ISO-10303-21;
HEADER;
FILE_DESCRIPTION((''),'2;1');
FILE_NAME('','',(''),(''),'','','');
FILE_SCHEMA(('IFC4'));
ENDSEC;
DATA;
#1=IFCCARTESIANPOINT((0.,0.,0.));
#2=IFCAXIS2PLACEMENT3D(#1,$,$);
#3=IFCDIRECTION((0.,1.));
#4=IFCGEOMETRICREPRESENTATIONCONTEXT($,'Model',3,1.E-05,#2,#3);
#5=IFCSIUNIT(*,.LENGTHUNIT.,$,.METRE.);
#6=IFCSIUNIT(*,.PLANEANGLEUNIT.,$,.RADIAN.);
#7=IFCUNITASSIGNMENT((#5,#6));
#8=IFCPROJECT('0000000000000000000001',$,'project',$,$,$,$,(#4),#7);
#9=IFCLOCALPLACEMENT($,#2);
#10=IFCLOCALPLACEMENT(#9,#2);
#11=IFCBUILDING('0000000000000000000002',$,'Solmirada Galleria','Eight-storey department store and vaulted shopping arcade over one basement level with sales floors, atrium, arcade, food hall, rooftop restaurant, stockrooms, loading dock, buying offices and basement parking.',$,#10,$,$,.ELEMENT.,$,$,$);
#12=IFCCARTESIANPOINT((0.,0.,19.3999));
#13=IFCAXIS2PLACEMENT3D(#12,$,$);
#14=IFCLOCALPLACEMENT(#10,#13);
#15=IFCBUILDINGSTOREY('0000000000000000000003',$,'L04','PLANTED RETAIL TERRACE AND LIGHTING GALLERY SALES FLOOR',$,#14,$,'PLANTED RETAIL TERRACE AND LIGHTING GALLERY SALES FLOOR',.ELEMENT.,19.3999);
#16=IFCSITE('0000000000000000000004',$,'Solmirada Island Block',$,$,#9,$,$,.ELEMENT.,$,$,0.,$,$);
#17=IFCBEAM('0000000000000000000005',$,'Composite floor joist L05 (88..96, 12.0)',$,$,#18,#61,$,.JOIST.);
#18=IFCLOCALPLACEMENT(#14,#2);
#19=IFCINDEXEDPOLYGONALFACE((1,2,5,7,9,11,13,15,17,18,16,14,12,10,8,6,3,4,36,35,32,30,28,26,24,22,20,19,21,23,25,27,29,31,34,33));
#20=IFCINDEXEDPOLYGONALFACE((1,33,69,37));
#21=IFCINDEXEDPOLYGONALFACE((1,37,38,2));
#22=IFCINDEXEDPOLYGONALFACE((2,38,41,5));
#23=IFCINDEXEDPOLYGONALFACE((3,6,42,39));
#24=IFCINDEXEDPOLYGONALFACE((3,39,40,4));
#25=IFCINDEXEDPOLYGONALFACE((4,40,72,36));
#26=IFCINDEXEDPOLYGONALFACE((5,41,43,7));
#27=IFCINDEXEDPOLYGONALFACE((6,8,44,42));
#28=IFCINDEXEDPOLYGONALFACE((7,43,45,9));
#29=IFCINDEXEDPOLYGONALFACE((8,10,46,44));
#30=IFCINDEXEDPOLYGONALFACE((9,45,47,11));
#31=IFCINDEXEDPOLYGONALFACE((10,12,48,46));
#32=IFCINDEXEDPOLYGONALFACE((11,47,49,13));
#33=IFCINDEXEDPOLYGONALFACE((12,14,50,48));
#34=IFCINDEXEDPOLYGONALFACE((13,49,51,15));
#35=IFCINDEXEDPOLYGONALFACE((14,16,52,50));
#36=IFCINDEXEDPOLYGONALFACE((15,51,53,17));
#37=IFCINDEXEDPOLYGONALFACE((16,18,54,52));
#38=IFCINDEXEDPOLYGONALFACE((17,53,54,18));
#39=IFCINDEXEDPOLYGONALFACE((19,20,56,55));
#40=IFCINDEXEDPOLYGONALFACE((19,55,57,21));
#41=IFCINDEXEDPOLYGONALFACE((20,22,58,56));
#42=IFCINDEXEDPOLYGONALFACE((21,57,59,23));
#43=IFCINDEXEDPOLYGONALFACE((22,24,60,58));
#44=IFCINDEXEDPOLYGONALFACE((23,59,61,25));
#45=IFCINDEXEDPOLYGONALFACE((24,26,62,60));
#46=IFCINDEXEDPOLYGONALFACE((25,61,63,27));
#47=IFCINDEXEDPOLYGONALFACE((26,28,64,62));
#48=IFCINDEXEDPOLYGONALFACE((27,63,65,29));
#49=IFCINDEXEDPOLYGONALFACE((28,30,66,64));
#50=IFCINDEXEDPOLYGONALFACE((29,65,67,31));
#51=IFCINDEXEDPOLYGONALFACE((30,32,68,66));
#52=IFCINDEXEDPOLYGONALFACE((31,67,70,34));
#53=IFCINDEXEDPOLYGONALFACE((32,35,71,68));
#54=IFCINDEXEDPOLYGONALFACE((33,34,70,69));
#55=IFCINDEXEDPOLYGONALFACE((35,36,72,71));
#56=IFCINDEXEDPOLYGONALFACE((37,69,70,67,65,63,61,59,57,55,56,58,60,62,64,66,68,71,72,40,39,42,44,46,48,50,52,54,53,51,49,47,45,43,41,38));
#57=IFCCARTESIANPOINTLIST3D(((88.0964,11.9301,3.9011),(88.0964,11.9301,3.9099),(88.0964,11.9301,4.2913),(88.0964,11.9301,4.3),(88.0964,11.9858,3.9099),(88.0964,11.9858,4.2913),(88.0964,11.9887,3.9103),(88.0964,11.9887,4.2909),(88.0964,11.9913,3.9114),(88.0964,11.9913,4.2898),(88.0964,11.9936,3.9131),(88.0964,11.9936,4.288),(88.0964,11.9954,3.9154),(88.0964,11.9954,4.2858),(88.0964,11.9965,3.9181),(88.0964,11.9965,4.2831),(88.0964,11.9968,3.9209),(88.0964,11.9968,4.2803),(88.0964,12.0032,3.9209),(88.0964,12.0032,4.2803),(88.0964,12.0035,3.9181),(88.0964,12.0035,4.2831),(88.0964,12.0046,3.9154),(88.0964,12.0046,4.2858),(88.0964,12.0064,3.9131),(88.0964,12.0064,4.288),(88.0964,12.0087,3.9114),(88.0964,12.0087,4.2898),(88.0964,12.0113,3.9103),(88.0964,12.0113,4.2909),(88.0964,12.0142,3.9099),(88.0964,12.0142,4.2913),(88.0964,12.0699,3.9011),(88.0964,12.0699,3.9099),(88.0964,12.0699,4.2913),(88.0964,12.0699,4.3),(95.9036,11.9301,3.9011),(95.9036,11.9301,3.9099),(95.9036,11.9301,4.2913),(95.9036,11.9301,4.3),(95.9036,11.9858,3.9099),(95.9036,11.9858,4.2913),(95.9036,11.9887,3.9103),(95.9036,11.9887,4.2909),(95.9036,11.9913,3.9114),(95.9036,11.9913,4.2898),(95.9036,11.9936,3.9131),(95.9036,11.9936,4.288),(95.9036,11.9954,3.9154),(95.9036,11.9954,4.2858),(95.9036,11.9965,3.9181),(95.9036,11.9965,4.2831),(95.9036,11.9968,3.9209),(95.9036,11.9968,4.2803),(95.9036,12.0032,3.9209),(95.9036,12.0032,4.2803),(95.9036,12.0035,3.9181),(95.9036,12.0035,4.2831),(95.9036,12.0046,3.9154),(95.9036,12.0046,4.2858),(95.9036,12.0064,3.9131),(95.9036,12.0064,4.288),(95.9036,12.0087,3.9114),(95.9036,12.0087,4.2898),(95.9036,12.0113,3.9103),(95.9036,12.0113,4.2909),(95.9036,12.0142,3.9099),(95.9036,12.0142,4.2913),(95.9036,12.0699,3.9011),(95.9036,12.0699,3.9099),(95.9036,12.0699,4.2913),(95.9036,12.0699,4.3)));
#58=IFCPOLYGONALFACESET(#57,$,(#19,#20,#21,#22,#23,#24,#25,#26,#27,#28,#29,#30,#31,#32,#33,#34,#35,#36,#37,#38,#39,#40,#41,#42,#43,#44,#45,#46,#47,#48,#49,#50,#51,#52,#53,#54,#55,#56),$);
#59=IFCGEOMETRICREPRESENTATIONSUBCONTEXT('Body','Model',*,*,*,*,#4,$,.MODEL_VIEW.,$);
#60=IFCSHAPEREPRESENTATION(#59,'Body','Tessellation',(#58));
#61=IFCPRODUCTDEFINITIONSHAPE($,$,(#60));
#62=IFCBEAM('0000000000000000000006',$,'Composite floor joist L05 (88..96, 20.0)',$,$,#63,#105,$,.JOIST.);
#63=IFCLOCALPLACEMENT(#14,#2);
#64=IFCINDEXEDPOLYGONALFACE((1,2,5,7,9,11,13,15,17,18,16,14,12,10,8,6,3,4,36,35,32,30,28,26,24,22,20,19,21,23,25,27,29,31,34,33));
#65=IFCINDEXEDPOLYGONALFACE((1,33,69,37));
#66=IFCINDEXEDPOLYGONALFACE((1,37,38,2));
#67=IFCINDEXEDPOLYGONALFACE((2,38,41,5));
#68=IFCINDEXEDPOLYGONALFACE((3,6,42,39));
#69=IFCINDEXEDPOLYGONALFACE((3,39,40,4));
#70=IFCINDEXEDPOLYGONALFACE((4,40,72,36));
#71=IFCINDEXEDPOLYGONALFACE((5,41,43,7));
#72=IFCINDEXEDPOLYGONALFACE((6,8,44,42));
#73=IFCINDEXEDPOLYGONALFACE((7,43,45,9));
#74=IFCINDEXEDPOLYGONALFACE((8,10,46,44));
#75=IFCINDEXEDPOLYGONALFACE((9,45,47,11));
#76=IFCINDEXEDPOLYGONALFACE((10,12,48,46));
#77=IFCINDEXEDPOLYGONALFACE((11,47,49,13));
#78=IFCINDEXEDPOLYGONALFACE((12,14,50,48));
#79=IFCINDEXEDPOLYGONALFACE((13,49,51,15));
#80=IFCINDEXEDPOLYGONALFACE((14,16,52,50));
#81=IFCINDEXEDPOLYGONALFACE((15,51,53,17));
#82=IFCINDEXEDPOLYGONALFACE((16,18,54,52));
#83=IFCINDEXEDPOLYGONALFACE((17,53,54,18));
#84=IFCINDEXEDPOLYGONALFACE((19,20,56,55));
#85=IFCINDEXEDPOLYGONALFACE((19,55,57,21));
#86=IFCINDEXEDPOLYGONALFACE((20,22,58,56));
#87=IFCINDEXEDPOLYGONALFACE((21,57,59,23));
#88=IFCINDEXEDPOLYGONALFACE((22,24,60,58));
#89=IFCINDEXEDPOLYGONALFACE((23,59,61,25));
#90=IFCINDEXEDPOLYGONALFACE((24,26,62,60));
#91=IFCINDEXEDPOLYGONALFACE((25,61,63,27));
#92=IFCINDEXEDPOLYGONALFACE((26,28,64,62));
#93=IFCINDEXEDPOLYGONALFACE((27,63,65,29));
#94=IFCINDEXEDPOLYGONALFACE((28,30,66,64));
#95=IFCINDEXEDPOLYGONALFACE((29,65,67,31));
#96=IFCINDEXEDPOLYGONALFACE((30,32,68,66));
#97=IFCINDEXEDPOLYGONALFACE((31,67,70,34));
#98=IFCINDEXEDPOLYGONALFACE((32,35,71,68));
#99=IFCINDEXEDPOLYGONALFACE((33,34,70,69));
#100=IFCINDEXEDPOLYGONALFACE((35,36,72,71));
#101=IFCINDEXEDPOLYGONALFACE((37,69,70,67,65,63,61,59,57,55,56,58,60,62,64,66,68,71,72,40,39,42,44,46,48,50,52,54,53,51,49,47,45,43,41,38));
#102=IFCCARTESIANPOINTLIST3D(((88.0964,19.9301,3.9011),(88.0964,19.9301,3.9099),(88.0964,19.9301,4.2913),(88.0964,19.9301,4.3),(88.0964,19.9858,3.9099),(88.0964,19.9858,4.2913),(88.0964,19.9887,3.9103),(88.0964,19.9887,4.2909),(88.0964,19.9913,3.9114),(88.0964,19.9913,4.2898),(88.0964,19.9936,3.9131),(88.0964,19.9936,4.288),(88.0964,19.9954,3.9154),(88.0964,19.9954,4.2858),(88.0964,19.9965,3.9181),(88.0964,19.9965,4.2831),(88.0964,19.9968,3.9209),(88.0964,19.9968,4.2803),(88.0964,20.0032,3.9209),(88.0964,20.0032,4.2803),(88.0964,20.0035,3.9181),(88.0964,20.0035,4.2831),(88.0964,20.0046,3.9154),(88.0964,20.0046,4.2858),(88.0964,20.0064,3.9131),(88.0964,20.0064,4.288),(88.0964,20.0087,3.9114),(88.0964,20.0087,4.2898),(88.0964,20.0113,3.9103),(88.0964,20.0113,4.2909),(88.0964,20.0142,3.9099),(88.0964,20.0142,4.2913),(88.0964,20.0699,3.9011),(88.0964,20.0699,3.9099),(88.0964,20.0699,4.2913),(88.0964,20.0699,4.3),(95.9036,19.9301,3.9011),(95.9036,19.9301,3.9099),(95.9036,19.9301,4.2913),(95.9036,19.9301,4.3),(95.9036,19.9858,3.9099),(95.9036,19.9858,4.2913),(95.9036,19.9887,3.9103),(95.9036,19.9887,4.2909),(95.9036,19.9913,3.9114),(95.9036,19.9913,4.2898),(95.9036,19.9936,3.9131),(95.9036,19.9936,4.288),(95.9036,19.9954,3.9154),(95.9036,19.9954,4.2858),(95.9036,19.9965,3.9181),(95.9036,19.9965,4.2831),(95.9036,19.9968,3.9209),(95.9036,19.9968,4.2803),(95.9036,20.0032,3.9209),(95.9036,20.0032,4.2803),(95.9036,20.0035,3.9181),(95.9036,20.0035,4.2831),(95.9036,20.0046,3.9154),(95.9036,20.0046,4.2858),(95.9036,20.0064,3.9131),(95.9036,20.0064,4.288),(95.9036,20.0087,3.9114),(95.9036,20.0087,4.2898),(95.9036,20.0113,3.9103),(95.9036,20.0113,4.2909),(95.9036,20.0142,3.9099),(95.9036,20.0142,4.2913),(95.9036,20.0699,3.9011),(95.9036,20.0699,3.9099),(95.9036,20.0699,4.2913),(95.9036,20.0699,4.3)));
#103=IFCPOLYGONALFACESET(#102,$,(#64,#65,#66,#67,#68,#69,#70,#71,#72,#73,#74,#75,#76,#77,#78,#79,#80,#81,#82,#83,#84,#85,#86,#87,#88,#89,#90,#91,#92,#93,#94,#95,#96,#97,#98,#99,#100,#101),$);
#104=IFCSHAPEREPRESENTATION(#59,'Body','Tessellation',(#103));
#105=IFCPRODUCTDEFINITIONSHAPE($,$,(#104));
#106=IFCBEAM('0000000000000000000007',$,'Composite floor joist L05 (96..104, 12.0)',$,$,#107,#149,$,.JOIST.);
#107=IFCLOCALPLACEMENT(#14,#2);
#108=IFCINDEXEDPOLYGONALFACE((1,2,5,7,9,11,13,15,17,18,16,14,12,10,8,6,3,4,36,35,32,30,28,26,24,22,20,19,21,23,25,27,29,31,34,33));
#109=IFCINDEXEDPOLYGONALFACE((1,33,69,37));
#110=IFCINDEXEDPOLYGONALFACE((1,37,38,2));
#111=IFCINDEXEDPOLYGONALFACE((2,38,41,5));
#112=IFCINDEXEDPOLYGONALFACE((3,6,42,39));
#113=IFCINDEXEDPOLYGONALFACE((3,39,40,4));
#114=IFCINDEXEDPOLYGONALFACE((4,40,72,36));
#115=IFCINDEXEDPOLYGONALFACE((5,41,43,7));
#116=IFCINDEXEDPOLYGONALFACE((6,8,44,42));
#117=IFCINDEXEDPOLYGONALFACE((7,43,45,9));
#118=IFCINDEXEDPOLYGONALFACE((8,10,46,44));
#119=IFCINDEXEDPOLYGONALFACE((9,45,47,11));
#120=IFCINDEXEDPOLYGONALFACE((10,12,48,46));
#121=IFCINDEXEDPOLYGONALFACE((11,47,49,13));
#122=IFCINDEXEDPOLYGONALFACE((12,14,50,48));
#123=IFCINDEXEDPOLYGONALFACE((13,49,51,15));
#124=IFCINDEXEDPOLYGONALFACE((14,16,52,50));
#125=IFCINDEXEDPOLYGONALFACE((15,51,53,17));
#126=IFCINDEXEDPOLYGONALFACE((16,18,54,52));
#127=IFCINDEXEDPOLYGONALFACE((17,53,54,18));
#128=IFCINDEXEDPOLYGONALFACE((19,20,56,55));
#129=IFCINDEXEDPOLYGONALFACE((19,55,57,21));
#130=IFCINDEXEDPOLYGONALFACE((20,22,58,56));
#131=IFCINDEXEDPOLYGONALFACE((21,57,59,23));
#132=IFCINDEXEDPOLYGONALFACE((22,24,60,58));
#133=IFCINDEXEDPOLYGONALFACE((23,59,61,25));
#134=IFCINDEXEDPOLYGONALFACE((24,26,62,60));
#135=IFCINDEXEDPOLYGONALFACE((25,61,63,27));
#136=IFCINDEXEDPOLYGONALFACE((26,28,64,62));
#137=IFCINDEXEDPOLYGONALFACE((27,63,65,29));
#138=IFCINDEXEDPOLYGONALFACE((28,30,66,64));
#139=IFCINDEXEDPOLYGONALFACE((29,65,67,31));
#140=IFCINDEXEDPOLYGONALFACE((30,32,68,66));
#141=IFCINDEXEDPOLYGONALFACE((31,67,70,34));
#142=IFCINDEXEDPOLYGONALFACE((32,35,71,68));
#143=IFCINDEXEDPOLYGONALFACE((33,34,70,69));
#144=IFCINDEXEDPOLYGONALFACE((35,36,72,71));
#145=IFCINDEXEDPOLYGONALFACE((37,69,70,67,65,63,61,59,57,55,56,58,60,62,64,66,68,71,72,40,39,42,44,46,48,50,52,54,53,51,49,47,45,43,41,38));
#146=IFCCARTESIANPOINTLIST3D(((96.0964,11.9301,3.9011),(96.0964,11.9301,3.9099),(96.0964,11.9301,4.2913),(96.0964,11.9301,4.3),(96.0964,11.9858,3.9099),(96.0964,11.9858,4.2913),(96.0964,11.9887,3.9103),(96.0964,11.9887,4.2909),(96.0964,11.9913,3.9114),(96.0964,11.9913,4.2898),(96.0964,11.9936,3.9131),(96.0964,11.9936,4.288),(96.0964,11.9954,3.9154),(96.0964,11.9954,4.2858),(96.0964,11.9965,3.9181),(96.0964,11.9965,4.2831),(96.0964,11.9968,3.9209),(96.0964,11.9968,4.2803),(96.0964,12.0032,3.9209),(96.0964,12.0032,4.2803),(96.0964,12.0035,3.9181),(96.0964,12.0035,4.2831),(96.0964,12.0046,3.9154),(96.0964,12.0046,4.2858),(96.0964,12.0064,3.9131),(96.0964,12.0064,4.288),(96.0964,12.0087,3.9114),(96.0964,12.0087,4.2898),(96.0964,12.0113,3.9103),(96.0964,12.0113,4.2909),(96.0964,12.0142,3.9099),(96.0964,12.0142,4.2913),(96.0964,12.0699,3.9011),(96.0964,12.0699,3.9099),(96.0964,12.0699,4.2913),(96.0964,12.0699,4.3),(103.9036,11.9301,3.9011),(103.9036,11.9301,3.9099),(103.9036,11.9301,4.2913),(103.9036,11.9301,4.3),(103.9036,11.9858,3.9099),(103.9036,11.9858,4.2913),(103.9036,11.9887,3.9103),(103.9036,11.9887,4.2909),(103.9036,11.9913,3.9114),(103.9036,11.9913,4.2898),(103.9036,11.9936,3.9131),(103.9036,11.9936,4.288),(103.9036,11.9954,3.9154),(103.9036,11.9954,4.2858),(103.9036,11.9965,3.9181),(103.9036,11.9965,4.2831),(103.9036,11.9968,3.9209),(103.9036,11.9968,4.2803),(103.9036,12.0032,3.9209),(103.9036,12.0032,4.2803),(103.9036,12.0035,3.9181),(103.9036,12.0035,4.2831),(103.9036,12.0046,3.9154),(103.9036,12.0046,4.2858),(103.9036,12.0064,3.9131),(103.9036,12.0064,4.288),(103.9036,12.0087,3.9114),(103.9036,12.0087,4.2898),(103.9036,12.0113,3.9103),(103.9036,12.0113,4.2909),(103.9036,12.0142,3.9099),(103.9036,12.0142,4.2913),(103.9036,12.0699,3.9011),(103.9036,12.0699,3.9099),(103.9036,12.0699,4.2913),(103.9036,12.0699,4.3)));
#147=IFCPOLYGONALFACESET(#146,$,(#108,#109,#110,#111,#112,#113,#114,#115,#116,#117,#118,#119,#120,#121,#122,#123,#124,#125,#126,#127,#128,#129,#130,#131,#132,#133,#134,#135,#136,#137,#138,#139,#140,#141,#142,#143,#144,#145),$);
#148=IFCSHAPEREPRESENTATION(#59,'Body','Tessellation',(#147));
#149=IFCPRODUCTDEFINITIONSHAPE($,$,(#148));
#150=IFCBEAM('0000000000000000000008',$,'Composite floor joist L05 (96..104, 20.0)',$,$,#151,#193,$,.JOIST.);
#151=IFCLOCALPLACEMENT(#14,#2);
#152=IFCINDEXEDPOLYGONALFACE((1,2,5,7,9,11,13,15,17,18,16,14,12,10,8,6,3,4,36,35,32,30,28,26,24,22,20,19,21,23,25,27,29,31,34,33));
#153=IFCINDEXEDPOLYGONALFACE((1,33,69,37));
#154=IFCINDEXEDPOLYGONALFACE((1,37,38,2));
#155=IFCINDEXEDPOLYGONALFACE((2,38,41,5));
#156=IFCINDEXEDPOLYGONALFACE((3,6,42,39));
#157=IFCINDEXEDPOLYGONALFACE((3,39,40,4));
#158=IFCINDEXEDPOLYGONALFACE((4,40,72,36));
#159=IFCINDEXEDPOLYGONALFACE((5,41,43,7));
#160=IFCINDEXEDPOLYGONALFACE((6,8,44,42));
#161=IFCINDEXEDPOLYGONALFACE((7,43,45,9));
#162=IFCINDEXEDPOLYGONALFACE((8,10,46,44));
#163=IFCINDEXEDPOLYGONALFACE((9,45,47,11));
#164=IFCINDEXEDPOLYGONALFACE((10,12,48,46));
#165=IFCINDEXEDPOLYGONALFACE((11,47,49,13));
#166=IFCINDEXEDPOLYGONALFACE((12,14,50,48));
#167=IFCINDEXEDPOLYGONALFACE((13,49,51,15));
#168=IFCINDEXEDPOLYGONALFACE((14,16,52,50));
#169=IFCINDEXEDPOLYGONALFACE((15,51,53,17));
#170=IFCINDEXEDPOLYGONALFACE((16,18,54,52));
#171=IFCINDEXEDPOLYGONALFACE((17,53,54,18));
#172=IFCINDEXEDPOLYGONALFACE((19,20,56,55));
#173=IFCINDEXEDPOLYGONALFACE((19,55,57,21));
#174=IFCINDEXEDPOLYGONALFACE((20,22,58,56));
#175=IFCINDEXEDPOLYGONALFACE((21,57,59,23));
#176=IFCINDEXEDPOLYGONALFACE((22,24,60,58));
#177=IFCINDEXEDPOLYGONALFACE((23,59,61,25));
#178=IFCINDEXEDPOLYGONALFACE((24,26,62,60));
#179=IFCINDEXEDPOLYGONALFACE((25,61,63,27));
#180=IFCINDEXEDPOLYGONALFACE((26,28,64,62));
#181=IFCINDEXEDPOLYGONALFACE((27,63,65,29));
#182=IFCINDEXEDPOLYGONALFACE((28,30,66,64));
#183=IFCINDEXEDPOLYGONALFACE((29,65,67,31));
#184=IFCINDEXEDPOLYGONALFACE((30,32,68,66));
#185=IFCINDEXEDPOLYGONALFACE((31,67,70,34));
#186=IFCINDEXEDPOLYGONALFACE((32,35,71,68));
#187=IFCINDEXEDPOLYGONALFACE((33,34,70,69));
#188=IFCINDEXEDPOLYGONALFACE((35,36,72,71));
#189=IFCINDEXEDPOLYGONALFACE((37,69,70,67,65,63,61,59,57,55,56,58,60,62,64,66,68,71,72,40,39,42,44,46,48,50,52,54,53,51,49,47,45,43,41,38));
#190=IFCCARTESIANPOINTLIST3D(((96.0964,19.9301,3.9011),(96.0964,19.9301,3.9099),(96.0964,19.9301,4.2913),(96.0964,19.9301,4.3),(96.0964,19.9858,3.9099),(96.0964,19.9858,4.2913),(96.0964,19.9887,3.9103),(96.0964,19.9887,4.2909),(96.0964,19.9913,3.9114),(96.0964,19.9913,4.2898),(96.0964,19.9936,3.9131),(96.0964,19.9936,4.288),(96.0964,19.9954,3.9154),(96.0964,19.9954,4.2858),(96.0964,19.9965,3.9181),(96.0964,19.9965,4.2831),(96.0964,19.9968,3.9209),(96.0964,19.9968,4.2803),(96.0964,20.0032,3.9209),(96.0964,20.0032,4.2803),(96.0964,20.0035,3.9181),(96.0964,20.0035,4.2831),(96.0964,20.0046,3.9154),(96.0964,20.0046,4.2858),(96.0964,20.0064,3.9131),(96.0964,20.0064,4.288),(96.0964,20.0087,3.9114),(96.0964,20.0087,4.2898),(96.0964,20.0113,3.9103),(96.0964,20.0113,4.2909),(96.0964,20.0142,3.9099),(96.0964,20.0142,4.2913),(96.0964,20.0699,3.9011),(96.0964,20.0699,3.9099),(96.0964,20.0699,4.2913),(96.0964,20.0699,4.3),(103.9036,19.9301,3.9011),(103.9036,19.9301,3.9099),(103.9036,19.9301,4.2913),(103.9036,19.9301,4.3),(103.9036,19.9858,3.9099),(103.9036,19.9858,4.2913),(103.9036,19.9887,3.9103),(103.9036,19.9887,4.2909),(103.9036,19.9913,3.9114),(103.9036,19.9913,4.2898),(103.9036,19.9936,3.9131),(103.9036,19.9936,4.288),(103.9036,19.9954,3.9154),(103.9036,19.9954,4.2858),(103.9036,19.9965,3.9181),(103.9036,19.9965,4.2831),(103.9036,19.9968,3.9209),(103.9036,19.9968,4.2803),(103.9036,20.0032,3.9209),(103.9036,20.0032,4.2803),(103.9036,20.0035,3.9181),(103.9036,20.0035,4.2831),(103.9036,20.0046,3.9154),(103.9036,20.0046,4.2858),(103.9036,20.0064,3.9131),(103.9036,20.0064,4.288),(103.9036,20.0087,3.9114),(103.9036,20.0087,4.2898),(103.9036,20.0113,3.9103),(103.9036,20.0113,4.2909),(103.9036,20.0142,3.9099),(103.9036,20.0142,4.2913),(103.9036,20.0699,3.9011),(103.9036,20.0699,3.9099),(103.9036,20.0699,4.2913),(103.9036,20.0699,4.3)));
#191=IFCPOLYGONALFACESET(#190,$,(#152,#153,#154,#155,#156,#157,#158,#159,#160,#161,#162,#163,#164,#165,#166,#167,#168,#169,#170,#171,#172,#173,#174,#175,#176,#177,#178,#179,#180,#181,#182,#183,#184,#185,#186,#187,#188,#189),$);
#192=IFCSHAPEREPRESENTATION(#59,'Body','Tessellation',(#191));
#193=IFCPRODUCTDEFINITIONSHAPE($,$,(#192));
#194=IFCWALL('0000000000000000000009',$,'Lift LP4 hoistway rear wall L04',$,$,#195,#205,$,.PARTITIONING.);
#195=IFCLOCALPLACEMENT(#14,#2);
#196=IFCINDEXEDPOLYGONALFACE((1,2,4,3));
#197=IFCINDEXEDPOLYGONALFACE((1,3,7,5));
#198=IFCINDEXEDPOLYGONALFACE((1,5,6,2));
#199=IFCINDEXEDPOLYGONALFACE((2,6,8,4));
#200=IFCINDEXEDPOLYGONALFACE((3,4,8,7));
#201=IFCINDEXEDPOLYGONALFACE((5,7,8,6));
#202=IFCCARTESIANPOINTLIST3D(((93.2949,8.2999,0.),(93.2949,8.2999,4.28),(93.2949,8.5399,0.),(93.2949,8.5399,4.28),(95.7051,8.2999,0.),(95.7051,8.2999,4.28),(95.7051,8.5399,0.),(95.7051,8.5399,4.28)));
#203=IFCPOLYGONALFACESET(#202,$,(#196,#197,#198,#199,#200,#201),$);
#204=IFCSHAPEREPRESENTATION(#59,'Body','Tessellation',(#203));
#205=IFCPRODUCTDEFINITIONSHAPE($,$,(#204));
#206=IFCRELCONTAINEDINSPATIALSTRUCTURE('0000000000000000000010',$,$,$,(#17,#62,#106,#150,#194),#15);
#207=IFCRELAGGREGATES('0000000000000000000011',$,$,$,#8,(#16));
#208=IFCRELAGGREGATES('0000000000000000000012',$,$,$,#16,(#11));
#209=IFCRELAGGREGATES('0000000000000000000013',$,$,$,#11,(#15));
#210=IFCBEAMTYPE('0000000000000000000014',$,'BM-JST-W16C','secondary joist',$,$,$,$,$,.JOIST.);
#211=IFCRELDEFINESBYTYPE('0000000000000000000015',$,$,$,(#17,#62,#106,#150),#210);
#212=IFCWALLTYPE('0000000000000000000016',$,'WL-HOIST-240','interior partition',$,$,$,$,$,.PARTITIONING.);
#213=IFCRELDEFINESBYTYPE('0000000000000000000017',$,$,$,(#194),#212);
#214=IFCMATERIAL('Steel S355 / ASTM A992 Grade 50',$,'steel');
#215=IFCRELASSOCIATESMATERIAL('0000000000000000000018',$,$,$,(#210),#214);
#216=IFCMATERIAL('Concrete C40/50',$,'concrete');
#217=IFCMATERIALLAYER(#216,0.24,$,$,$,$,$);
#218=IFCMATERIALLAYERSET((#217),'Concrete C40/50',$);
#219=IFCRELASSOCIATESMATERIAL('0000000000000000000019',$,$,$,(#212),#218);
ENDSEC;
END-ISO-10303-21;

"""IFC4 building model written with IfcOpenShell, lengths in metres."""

from ifc_helpers import new_model, si_unit, direction, frame, frame_2d, origin, origin_2d, place, context, subcontext, project, spatial, rectangle, i_section, extrude, material, layer, layer_set, material_profile, profile_set, type_object, element, save


model = new_model("IFC4")

# Units and contexts
model_context = context("Model", 3, precision=1e-05, world=origin(), true_north=direction((0.0, 1.0)))
body_context = subcontext(model_context, "Body", "Model", "MODEL_VIEW")
ifc_project = project(units=[si_unit("LENGTHUNIT", "METRE"), si_unit("PLANEANGLEUNIT", "RADIAN")], contexts=[model_context])

# Site, building, storey
site_placement = place(None, origin())
site = spatial("IfcSite", under=ifc_project, at=site_placement, Name="Solmirada Island Block", CompositionType="ELEMENT", RefElevation=0.0)
building_placement = place(site_placement, origin())
building = spatial("IfcBuilding", under=site, at=building_placement, Name="Solmirada Galleria", Description="Eight-storey department store and vaulted shopping arcade over one basement level with sales floors, atrium, arcade, food hall, rooftop restaurant, stockrooms, loading dock, buying offices and basement parking.", CompositionType="ELEMENT")
storey_placement = place(building_placement, frame((0.0, 0.0, 19.3999)))
storey = spatial("IfcBuildingStorey", under=building, at=storey_placement, Name="L04", Description="PLANTED RETAIL TERRACE AND LIGHTING GALLERY SALES FLOOR", LongName="PLANTED RETAIL TERRACE AND LIGHTING GALLERY SALES FLOOR", CompositionType="ELEMENT", Elevation=19.3999)

# Shared definitions
ifc_material_1 = material(Name="Concrete C40/50", Category="concrete")

# Beams
ifc_material_2 = material(Name="Steel S355 / ASTM A992 Grade 50", Category="steel")
ifc_material_profile_1 = material_profile(ifc_material_2, i_section(OverallWidth=0.1399, OverallDepth=0.3989, WebThickness=0.0063, FlangeThickness=0.0088, FilletRadius=0.011, at=origin_2d()), Name="W16X26")
ifc_profile_set_1 = profile_set([ifc_material_profile_1], Name="Steel S355 / ASTM A992 Grade 50")
beam_type_1 = type_object("IfcBeamType", Name="BM-JST-W16C", Description="secondary joist", PredefinedType="JOIST", material=ifc_profile_set_1)
for number, where, z_axis, x_axis, name in (
    (1, (88.0964, 12.0, 4.1006), (1.0, 0.0, 0.0), (0.0, 1.0, 0.0), "Composite floor joist L05 (88..96, 12.0)"),
    (2, (88.0964, 20.0, 4.1006), (1.0, 0.0, 0.0), (0.0, 1.0, 0.0), "Composite floor joist L05 (88..96, 20.0)"),
    (3, (96.0964, 12.0, 4.1006), (1.0, 0.0, 0.0), (0.0, 1.0, 0.0), "Composite floor joist L05 (96..104, 12.0)"),
    (4, (96.0964, 20.0, 4.1006), (1.0, 0.0, 0.0), (0.0, 1.0, 0.0), "Composite floor joist L05 (96..104, 20.0)"),
):
    element("IfcBeam", number, at=place(storey_placement, frame(where, z_axis=z_axis, x_axis=x_axis)), inside=storey, type_object=beam_type_1, Name=name, PredefinedType="JOIST", context=body_context, shape_type="SweptSolid", body=[
        extrude(i_section(OverallWidth=0.1399, OverallDepth=0.3989, WebThickness=0.0063, FlangeThickness=0.0088, FilletRadius=0.011, at=origin_2d()), origin(), (0.0, 0.0, 1.0), 7.8071),
    ])

# Shared definitions
ifc_layer_1 = layer(ifc_material_1, 0.24)
ifc_layer_set_1 = layer_set([ifc_layer_1], Name="Concrete C40/50")
wall_type_1 = type_object("IfcWallType", Name="WL-HOIST-240", Description="interior partition", PredefinedType="PARTITIONING", material=ifc_layer_set_1)

# Wall
wall_1_placement = place(storey_placement, frame((93.2949, 8.4199, 0.0), z_axis=(0.0, 0.0, 1.0), x_axis=(1.0, 0.0, 0.0)))
element("IfcWall", 5, at=wall_1_placement, inside=storey, type_object=wall_type_1, Name="Lift LP4 hoistway rear wall L04", PredefinedType="PARTITIONING", context=body_context, shape_type="SweptSolid", body=[
    extrude(rectangle(XDim=2.4102, YDim=0.24, at=frame_2d((1.2051, 0.0))), origin(), (0.0, 0.0, 1.0), 4.28),
])

save(model, "model.ifc")
